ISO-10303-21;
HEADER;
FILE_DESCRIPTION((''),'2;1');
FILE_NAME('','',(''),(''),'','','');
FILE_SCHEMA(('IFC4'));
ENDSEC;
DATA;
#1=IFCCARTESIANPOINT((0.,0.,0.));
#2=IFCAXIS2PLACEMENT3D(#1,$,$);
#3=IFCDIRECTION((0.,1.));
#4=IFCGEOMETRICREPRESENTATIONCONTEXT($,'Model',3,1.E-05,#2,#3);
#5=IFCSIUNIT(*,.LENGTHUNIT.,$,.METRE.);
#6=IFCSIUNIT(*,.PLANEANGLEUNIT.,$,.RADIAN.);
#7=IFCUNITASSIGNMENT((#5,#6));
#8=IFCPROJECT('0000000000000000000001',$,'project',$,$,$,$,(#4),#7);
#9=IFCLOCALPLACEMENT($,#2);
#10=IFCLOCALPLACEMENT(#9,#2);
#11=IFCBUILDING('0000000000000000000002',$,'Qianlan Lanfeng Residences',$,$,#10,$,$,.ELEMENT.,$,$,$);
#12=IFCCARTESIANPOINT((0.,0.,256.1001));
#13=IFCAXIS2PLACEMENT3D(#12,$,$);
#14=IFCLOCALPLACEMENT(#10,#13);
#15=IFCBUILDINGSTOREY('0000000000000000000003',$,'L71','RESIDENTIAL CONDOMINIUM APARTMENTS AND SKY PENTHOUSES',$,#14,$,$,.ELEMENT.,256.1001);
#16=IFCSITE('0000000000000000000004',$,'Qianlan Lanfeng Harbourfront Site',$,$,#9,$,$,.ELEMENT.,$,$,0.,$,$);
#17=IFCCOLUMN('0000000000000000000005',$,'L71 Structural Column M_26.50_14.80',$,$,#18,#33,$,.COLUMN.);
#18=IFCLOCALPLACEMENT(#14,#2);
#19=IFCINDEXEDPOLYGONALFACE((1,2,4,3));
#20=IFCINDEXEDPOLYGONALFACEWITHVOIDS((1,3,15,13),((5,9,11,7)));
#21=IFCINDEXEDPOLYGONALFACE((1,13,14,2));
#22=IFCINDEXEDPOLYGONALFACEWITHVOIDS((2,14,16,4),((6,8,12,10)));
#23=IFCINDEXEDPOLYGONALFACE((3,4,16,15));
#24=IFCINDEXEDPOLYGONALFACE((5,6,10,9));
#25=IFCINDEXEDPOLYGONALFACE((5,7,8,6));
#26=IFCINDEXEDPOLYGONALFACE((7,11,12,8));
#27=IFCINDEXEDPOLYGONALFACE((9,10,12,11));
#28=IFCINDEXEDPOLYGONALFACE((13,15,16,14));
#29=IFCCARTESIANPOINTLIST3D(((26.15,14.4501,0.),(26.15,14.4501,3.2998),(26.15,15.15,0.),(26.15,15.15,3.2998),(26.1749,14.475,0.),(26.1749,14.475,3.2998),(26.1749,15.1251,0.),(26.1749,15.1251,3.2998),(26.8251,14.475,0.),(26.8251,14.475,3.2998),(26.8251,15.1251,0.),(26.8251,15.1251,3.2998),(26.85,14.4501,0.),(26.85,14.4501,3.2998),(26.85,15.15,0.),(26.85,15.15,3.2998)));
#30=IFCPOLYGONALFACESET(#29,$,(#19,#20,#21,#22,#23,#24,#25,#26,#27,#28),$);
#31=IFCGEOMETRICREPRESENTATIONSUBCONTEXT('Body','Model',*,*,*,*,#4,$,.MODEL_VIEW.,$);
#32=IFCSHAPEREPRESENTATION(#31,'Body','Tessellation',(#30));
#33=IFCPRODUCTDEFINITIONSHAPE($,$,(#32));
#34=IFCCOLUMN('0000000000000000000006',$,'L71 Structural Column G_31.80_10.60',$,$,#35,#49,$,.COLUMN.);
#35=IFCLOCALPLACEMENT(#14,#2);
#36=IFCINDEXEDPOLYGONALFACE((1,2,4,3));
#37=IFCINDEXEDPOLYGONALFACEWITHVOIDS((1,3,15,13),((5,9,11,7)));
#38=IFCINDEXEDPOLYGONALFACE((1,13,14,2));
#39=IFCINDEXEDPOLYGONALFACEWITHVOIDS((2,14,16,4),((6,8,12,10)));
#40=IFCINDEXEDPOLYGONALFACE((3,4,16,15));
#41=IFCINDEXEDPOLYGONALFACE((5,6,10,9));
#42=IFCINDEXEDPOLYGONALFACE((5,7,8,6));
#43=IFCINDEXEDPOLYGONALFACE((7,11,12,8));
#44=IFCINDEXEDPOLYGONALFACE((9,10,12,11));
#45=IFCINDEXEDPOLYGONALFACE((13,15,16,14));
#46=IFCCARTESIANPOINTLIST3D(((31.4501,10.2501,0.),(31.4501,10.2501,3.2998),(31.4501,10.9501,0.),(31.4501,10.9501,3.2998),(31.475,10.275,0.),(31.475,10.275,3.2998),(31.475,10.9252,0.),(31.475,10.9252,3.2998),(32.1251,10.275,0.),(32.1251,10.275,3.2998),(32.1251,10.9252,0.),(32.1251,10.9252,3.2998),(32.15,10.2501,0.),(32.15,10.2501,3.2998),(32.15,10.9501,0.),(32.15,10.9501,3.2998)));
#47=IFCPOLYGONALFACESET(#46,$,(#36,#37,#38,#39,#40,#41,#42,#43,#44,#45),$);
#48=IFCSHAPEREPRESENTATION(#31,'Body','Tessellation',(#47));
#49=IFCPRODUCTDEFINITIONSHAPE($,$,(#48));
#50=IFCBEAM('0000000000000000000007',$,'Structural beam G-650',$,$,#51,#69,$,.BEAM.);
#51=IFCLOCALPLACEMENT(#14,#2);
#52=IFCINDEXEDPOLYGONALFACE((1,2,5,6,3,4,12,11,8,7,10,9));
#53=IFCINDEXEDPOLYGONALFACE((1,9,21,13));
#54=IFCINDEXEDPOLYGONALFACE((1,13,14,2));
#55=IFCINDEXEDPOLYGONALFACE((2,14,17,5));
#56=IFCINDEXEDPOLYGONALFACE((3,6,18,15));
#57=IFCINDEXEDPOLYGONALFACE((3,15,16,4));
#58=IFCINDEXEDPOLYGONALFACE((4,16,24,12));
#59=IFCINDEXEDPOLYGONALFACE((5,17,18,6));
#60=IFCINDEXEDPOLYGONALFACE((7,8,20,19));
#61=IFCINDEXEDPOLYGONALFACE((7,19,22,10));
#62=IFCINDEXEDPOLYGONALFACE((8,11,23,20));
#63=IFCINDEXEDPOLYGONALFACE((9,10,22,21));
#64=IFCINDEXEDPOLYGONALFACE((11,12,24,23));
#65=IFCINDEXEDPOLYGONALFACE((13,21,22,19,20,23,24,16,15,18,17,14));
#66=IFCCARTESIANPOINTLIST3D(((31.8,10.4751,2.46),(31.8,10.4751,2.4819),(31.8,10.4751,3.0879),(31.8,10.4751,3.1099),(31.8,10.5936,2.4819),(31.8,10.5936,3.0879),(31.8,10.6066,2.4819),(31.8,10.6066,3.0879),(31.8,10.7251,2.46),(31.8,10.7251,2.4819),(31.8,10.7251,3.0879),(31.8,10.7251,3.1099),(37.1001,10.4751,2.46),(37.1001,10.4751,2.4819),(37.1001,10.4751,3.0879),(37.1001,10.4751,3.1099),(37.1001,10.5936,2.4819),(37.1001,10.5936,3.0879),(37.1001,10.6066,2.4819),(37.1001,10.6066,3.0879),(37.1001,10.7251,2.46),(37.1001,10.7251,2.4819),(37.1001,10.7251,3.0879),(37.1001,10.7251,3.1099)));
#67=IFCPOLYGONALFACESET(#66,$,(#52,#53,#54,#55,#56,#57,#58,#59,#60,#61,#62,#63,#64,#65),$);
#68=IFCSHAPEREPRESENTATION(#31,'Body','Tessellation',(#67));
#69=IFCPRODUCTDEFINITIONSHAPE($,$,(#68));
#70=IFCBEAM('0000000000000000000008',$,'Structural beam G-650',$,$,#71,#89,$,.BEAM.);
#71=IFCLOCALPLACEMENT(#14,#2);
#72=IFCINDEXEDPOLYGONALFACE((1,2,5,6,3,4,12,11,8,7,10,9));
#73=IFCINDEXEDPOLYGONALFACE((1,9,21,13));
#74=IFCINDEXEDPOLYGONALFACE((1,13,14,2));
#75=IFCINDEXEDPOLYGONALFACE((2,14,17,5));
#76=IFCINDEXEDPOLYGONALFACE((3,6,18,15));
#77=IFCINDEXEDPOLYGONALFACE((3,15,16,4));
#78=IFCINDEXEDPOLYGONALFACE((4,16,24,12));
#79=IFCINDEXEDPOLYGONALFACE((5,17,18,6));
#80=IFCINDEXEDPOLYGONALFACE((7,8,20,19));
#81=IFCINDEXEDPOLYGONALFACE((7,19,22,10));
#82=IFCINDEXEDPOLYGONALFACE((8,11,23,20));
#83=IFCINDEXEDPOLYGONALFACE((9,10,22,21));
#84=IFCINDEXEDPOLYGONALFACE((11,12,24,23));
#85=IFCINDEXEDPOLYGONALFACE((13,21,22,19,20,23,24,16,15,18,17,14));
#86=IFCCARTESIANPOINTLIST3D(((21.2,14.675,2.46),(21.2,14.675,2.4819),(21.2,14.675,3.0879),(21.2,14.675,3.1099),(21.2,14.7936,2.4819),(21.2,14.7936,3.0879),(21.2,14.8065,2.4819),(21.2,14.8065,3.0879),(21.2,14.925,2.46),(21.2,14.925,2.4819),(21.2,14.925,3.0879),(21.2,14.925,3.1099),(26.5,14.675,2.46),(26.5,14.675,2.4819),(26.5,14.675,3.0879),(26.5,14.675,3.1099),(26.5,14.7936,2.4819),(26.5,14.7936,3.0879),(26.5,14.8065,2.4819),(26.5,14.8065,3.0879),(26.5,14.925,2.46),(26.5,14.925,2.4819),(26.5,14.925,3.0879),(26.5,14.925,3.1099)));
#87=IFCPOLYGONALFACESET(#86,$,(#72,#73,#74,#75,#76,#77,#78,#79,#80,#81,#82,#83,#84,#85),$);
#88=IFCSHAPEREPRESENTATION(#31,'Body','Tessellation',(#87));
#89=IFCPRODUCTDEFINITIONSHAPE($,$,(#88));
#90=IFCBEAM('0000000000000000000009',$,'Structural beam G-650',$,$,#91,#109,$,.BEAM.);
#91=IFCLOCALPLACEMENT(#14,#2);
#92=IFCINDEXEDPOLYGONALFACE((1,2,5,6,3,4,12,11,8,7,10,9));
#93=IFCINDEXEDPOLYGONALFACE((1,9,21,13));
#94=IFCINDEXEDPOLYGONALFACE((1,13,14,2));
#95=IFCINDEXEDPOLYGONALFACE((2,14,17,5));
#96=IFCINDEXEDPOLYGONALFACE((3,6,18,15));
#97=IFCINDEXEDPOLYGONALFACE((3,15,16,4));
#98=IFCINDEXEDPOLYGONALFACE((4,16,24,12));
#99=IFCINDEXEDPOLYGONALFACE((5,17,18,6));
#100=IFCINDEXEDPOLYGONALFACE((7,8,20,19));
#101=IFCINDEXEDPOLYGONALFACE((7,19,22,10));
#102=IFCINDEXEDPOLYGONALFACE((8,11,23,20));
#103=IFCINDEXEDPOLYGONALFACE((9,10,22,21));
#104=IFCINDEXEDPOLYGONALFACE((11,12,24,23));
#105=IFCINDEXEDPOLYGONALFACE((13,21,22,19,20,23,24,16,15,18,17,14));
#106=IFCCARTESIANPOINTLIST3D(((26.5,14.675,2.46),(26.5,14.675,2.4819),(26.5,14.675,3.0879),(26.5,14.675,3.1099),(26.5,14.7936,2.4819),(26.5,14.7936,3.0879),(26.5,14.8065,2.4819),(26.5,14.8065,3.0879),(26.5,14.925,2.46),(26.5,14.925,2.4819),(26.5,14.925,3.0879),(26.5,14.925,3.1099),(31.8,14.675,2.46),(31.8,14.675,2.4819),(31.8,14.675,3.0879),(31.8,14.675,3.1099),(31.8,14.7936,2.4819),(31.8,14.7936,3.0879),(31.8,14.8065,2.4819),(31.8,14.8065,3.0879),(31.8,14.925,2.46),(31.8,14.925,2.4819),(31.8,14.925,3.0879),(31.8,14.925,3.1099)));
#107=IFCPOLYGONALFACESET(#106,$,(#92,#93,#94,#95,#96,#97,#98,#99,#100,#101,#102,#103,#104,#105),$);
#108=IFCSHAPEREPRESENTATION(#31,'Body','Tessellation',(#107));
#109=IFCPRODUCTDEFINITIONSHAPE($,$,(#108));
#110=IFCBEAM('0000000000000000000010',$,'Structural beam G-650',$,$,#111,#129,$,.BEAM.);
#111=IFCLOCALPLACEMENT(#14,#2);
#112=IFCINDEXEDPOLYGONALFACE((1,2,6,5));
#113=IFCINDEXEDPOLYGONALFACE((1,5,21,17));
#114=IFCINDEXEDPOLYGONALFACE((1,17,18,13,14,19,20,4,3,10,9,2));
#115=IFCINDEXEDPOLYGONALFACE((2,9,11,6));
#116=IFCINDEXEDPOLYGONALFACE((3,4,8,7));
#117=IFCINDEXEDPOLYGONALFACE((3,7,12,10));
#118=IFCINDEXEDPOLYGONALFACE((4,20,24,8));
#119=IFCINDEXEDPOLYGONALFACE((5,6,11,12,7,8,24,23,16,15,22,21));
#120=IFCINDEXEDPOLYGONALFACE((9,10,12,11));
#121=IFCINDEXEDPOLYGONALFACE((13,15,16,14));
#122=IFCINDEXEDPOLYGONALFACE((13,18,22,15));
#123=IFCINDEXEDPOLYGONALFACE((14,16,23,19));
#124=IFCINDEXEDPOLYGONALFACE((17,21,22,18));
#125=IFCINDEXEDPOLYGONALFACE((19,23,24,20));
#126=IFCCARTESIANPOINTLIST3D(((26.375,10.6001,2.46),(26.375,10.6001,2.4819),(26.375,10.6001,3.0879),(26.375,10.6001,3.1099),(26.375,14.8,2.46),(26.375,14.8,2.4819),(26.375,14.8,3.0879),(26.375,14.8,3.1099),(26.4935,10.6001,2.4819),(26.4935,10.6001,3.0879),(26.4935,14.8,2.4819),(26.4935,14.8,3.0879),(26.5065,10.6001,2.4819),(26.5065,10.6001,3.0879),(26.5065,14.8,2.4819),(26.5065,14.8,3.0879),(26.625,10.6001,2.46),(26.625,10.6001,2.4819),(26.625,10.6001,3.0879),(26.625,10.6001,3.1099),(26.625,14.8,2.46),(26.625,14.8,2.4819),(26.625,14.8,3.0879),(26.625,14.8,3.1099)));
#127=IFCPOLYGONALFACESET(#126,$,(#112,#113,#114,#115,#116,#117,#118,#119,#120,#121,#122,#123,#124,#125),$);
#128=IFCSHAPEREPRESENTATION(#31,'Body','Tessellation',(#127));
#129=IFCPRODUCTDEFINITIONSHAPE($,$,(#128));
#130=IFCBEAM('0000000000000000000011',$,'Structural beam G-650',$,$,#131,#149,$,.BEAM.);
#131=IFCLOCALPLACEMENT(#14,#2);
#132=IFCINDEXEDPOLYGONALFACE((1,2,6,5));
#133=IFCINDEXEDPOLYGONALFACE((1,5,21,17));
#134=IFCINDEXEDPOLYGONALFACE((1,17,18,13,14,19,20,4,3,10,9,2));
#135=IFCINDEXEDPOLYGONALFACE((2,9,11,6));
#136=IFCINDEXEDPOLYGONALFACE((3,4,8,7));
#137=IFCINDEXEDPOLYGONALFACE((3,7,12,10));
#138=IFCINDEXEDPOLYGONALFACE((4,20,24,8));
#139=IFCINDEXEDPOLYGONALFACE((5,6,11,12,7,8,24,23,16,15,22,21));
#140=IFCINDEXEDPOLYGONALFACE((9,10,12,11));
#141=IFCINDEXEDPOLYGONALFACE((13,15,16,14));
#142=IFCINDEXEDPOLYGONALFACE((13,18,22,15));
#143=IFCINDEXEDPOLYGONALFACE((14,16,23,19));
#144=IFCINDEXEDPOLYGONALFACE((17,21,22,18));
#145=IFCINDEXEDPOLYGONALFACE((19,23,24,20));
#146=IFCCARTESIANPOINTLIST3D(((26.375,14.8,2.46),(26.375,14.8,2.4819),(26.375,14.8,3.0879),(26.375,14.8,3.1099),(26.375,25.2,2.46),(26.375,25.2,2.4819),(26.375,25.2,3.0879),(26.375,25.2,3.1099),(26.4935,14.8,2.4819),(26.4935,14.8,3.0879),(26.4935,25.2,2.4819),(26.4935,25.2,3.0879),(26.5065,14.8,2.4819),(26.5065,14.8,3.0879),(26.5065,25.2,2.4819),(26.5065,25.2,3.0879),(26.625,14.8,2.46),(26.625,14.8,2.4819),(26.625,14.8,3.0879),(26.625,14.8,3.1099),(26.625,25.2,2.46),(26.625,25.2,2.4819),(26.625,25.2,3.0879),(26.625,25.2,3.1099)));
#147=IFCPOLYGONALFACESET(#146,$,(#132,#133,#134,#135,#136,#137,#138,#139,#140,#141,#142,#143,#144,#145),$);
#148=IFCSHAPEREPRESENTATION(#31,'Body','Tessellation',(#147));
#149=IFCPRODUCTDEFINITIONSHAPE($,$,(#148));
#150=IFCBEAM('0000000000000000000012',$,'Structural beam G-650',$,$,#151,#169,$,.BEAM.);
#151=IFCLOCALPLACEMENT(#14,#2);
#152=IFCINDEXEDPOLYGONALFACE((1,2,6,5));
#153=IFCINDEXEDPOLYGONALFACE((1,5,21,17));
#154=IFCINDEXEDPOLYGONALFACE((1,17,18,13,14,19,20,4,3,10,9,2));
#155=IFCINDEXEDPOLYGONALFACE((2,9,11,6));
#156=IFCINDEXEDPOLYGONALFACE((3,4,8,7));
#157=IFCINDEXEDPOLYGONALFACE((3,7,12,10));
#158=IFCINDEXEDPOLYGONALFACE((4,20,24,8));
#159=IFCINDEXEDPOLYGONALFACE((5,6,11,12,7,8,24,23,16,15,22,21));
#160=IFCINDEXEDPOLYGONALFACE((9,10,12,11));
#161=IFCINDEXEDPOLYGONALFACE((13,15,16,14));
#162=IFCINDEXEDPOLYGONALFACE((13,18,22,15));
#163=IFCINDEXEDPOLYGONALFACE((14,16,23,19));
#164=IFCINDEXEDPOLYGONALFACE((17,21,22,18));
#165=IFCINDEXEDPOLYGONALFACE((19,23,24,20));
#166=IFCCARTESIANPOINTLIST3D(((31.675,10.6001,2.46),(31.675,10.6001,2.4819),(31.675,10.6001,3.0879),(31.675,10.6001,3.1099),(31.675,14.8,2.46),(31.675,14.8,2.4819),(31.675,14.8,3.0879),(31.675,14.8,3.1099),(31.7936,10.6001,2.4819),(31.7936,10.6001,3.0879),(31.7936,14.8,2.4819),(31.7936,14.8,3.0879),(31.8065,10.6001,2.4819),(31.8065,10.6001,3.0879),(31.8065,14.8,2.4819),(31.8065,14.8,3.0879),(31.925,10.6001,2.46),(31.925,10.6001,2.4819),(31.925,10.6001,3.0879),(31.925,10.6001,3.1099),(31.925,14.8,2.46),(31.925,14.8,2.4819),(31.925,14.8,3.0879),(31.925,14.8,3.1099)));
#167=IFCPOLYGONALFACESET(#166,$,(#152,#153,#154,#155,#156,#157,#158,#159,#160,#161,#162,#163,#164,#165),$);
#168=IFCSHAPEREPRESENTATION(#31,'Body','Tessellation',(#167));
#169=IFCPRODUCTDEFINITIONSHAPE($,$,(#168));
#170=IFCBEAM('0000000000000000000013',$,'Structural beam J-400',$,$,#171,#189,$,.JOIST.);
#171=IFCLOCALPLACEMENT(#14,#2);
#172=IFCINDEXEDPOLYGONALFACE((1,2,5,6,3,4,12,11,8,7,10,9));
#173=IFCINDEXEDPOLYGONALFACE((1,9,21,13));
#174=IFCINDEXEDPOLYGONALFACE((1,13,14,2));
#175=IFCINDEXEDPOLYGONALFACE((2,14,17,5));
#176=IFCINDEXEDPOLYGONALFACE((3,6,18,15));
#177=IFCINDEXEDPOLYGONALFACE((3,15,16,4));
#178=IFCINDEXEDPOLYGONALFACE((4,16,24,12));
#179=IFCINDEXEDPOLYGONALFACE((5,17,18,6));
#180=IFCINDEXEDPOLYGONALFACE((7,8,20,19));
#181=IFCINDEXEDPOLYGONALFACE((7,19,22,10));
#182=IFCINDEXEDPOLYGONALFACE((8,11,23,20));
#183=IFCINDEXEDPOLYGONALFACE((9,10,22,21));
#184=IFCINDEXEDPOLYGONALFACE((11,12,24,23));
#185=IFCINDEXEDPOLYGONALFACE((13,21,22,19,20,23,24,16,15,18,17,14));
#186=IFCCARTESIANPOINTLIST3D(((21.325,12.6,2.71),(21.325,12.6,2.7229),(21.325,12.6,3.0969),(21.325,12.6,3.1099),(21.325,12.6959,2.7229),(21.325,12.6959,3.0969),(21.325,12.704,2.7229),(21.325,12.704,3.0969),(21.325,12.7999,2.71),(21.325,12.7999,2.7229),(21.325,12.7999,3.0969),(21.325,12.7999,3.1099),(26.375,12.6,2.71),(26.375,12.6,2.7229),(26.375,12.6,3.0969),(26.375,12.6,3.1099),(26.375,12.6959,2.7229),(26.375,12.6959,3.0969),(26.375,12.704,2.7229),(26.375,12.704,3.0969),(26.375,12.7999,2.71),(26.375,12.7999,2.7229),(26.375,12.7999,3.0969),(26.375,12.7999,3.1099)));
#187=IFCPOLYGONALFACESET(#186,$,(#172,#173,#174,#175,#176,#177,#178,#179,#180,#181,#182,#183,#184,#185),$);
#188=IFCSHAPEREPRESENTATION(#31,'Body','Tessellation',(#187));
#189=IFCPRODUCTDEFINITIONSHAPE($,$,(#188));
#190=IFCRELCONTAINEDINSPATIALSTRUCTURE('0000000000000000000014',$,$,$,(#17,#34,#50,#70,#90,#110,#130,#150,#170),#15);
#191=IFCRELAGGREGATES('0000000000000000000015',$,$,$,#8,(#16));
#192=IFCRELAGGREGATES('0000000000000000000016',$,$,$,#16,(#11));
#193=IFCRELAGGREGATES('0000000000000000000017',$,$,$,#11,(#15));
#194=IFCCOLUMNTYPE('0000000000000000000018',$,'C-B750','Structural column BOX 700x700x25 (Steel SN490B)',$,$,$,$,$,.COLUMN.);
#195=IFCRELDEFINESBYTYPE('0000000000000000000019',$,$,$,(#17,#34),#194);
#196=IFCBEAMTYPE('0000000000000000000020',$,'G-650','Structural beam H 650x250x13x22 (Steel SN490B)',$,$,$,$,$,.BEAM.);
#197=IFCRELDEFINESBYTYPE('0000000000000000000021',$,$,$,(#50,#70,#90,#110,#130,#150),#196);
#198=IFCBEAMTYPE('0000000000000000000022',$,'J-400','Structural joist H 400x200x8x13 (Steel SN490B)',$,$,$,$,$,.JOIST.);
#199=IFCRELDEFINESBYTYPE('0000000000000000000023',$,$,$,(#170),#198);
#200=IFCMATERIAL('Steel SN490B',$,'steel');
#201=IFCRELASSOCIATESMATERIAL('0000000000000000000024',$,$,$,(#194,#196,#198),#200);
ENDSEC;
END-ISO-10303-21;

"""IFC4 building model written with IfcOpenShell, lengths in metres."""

from ifc_helpers import new_model, si_unit, direction, frame, origin, origin_2d, place, context, subcontext, project, spatial, hollow_rectangle, i_section, extrude, material, material_profile, profile_set, type_object, element, save


model = new_model("IFC4")

# Units and contexts
model_context = context("Model", 3, precision=1e-05, world=origin(), true_north=direction((0.0, 1.0)))
body_context = subcontext(model_context, "Body", "Model", "MODEL_VIEW")
ifc_project = project(units=[si_unit("LENGTHUNIT", "METRE"), si_unit("PLANEANGLEUNIT", "RADIAN")], contexts=[model_context])

# Site, building, storey
site_placement = place(None, origin())
site = spatial("IfcSite", under=ifc_project, at=site_placement, Name="Qianlan Lanfeng Harbourfront Site", CompositionType="ELEMENT", RefElevation=0.0)
building_placement = place(site_placement, origin())
building = spatial("IfcBuilding", under=site, at=building_placement, Name="Qianlan Lanfeng Residences", CompositionType="ELEMENT")
storey_placement = place(building_placement, frame((0.0, 0.0, 256.1001)))
storey = spatial("IfcBuildingStorey", under=building, at=storey_placement, Name="L71", Description="RESIDENTIAL CONDOMINIUM APARTMENTS AND SKY PENTHOUSES", CompositionType="ELEMENT", Elevation=256.1001)

# Columns
ifc_material_1 = material(Name="Steel SN490B", Category="steel")
ifc_material_profile_1 = material_profile(ifc_material_1, hollow_rectangle(XDim=0.7, YDim=0.7, WallThickness=0.0249, at=origin_2d()), Name="BOX 700x700x25")
ifc_profile_set_1 = profile_set([ifc_material_profile_1], Name="Steel SN490B")
column_type = type_object("IfcColumnType", Name="C-B750", Description="Structural column BOX 700x700x25 (Steel SN490B)", PredefinedType="COLUMN", material=ifc_profile_set_1)
for number, where, z_axis, x_axis, name in (
    (1, (26.5, 14.8, 0.0), (0.0, 0.0, 1.0), (1.0, 0.0, 0.0), "L71 Structural Column M_26.50_14.80"),
    (2, (31.8, 10.6001, 0.0), (0.0, 0.0, 1.0), (1.0, 0.0, 0.0), "L71 Structural Column G_31.80_10.60"),
):
    element("IfcColumn", number, at=place(storey_placement, frame(where, z_axis=z_axis, x_axis=x_axis)), inside=storey, type_object=column_type, Name=name, PredefinedType="COLUMN", context=body_context, shape_type="SweptSolid", body=[
        extrude(hollow_rectangle(XDim=0.7, YDim=0.7, WallThickness=0.0249, at=origin_2d()), origin(), (0.0, 0.0, 1.0), 3.2998),
    ])

# Beams
ifc_material_profile_2 = material_profile(ifc_material_1, i_section(OverallWidth=0.25, OverallDepth=0.6499, WebThickness=0.0129, FlangeThickness=0.022, at=origin_2d()), Name="H 650x250x13x22")
ifc_profile_set_2 = profile_set([ifc_material_profile_2], Name="Steel SN490B")
beam_type_1 = type_object("IfcBeamType", Name="G-650", Description="Structural beam H 650x250x13x22 (Steel SN490B)", PredefinedType="BEAM", material=ifc_profile_set_2)
for number, where, z_axis, x_axis, name in (
    (3, (31.8, 10.6001, 2.7849), (1.0, 0.0, 0.0), (0.0, 1.0, 0.0), "Structural beam G-650"),
    (4, (21.2, 14.8, 2.7849), (1.0, 0.0, 0.0), (0.0, 1.0, 0.0), "Structural beam G-650"),
    (5, (26.5, 14.8, 2.7849), (1.0, 0.0, 0.0), (0.0, 1.0, 0.0), "Structural beam G-650"),
):
    element("IfcBeam", number, at=place(storey_placement, frame(where, z_axis=z_axis, x_axis=x_axis)), inside=storey, type_object=beam_type_1, Name=name, PredefinedType="BEAM", context=body_context, shape_type="SweptSolid", body=[
        extrude(i_section(OverallWidth=0.25, OverallDepth=0.6499, WebThickness=0.0129, FlangeThickness=0.022, at=origin_2d()), origin(), (0.0, 0.0, 1.0), 5.3),
    ])
beam_1_placement = place(storey_placement, frame((26.5, 10.6001, 2.7849), z_axis=(0.0, 1.0, 0.0), x_axis=(-1.0, 0.0, 0.0)))
element("IfcBeam", 6, at=beam_1_placement, inside=storey, type_object=beam_type_1, Name="Structural beam G-650", PredefinedType="BEAM", context=body_context, shape_type="SweptSolid", body=[
    extrude(i_section(OverallWidth=0.25, OverallDepth=0.6499, WebThickness=0.0129, FlangeThickness=0.022, at=origin_2d()), origin(), (0.0, 0.0, 1.0), 4.2),
])
beam_2_placement = place(storey_placement, frame((26.5, 14.8, 2.7849), z_axis=(0.0, 1.0, 0.0), x_axis=(-1.0, 0.0, 0.0)))
element("IfcBeam", 7, at=beam_2_placement, inside=storey, type_object=beam_type_1, Name="Structural beam G-650", PredefinedType="BEAM", context=body_context, shape_type="SweptSolid", body=[
    extrude(i_section(OverallWidth=0.25, OverallDepth=0.6499, WebThickness=0.0129, FlangeThickness=0.022, at=origin_2d()), origin(), (0.0, 0.0, 1.0), 10.3999),
])
beam_3_placement = place(storey_placement, frame((31.8, 10.6001, 2.7849), z_axis=(0.0, 1.0, 0.0), x_axis=(-1.0, 0.0, 0.0)))
element("IfcBeam", 8, at=beam_3_placement, inside=storey, type_object=beam_type_1, Name="Structural beam G-650", PredefinedType="BEAM", context=body_context, shape_type="SweptSolid", body=[
    extrude(i_section(OverallWidth=0.25, OverallDepth=0.6499, WebThickness=0.0129, FlangeThickness=0.022, at=origin_2d()), origin(), (0.0, 0.0, 1.0), 4.2),
])
ifc_material_profile_3 = material_profile(ifc_material_1, i_section(OverallWidth=0.2, OverallDepth=0.3999, WebThickness=0.0081, FlangeThickness=0.0129, at=origin_2d()), Name="H 400x200x8x13")
ifc_profile_set_3 = profile_set([ifc_material_profile_3], Name="Steel SN490B")
beam_type_2 = type_object("IfcBeamType", Name="J-400", Description="Structural joist H 400x200x8x13 (Steel SN490B)", PredefinedType="JOIST", material=ifc_profile_set_3)
for number, where, z_axis, x_axis, name in (
    (9, (21.325, 12.7, 2.9099), (1.0, 0.0, 0.0), (0.0, 1.0, 0.0), "Structural beam J-400"),
):
    element("IfcBeam", number, at=place(storey_placement, frame(where, z_axis=z_axis, x_axis=x_axis)), inside=storey, type_object=beam_type_2, Name=name, PredefinedType="JOIST", context=body_context, shape_type="SweptSolid", body=[
        extrude(i_section(OverallWidth=0.2, OverallDepth=0.3999, WebThickness=0.0081, FlangeThickness=0.0129, at=origin_2d()), origin(), (0.0, 0.0, 1.0), 5.05),
    ])

save(model, "model.ifc")
